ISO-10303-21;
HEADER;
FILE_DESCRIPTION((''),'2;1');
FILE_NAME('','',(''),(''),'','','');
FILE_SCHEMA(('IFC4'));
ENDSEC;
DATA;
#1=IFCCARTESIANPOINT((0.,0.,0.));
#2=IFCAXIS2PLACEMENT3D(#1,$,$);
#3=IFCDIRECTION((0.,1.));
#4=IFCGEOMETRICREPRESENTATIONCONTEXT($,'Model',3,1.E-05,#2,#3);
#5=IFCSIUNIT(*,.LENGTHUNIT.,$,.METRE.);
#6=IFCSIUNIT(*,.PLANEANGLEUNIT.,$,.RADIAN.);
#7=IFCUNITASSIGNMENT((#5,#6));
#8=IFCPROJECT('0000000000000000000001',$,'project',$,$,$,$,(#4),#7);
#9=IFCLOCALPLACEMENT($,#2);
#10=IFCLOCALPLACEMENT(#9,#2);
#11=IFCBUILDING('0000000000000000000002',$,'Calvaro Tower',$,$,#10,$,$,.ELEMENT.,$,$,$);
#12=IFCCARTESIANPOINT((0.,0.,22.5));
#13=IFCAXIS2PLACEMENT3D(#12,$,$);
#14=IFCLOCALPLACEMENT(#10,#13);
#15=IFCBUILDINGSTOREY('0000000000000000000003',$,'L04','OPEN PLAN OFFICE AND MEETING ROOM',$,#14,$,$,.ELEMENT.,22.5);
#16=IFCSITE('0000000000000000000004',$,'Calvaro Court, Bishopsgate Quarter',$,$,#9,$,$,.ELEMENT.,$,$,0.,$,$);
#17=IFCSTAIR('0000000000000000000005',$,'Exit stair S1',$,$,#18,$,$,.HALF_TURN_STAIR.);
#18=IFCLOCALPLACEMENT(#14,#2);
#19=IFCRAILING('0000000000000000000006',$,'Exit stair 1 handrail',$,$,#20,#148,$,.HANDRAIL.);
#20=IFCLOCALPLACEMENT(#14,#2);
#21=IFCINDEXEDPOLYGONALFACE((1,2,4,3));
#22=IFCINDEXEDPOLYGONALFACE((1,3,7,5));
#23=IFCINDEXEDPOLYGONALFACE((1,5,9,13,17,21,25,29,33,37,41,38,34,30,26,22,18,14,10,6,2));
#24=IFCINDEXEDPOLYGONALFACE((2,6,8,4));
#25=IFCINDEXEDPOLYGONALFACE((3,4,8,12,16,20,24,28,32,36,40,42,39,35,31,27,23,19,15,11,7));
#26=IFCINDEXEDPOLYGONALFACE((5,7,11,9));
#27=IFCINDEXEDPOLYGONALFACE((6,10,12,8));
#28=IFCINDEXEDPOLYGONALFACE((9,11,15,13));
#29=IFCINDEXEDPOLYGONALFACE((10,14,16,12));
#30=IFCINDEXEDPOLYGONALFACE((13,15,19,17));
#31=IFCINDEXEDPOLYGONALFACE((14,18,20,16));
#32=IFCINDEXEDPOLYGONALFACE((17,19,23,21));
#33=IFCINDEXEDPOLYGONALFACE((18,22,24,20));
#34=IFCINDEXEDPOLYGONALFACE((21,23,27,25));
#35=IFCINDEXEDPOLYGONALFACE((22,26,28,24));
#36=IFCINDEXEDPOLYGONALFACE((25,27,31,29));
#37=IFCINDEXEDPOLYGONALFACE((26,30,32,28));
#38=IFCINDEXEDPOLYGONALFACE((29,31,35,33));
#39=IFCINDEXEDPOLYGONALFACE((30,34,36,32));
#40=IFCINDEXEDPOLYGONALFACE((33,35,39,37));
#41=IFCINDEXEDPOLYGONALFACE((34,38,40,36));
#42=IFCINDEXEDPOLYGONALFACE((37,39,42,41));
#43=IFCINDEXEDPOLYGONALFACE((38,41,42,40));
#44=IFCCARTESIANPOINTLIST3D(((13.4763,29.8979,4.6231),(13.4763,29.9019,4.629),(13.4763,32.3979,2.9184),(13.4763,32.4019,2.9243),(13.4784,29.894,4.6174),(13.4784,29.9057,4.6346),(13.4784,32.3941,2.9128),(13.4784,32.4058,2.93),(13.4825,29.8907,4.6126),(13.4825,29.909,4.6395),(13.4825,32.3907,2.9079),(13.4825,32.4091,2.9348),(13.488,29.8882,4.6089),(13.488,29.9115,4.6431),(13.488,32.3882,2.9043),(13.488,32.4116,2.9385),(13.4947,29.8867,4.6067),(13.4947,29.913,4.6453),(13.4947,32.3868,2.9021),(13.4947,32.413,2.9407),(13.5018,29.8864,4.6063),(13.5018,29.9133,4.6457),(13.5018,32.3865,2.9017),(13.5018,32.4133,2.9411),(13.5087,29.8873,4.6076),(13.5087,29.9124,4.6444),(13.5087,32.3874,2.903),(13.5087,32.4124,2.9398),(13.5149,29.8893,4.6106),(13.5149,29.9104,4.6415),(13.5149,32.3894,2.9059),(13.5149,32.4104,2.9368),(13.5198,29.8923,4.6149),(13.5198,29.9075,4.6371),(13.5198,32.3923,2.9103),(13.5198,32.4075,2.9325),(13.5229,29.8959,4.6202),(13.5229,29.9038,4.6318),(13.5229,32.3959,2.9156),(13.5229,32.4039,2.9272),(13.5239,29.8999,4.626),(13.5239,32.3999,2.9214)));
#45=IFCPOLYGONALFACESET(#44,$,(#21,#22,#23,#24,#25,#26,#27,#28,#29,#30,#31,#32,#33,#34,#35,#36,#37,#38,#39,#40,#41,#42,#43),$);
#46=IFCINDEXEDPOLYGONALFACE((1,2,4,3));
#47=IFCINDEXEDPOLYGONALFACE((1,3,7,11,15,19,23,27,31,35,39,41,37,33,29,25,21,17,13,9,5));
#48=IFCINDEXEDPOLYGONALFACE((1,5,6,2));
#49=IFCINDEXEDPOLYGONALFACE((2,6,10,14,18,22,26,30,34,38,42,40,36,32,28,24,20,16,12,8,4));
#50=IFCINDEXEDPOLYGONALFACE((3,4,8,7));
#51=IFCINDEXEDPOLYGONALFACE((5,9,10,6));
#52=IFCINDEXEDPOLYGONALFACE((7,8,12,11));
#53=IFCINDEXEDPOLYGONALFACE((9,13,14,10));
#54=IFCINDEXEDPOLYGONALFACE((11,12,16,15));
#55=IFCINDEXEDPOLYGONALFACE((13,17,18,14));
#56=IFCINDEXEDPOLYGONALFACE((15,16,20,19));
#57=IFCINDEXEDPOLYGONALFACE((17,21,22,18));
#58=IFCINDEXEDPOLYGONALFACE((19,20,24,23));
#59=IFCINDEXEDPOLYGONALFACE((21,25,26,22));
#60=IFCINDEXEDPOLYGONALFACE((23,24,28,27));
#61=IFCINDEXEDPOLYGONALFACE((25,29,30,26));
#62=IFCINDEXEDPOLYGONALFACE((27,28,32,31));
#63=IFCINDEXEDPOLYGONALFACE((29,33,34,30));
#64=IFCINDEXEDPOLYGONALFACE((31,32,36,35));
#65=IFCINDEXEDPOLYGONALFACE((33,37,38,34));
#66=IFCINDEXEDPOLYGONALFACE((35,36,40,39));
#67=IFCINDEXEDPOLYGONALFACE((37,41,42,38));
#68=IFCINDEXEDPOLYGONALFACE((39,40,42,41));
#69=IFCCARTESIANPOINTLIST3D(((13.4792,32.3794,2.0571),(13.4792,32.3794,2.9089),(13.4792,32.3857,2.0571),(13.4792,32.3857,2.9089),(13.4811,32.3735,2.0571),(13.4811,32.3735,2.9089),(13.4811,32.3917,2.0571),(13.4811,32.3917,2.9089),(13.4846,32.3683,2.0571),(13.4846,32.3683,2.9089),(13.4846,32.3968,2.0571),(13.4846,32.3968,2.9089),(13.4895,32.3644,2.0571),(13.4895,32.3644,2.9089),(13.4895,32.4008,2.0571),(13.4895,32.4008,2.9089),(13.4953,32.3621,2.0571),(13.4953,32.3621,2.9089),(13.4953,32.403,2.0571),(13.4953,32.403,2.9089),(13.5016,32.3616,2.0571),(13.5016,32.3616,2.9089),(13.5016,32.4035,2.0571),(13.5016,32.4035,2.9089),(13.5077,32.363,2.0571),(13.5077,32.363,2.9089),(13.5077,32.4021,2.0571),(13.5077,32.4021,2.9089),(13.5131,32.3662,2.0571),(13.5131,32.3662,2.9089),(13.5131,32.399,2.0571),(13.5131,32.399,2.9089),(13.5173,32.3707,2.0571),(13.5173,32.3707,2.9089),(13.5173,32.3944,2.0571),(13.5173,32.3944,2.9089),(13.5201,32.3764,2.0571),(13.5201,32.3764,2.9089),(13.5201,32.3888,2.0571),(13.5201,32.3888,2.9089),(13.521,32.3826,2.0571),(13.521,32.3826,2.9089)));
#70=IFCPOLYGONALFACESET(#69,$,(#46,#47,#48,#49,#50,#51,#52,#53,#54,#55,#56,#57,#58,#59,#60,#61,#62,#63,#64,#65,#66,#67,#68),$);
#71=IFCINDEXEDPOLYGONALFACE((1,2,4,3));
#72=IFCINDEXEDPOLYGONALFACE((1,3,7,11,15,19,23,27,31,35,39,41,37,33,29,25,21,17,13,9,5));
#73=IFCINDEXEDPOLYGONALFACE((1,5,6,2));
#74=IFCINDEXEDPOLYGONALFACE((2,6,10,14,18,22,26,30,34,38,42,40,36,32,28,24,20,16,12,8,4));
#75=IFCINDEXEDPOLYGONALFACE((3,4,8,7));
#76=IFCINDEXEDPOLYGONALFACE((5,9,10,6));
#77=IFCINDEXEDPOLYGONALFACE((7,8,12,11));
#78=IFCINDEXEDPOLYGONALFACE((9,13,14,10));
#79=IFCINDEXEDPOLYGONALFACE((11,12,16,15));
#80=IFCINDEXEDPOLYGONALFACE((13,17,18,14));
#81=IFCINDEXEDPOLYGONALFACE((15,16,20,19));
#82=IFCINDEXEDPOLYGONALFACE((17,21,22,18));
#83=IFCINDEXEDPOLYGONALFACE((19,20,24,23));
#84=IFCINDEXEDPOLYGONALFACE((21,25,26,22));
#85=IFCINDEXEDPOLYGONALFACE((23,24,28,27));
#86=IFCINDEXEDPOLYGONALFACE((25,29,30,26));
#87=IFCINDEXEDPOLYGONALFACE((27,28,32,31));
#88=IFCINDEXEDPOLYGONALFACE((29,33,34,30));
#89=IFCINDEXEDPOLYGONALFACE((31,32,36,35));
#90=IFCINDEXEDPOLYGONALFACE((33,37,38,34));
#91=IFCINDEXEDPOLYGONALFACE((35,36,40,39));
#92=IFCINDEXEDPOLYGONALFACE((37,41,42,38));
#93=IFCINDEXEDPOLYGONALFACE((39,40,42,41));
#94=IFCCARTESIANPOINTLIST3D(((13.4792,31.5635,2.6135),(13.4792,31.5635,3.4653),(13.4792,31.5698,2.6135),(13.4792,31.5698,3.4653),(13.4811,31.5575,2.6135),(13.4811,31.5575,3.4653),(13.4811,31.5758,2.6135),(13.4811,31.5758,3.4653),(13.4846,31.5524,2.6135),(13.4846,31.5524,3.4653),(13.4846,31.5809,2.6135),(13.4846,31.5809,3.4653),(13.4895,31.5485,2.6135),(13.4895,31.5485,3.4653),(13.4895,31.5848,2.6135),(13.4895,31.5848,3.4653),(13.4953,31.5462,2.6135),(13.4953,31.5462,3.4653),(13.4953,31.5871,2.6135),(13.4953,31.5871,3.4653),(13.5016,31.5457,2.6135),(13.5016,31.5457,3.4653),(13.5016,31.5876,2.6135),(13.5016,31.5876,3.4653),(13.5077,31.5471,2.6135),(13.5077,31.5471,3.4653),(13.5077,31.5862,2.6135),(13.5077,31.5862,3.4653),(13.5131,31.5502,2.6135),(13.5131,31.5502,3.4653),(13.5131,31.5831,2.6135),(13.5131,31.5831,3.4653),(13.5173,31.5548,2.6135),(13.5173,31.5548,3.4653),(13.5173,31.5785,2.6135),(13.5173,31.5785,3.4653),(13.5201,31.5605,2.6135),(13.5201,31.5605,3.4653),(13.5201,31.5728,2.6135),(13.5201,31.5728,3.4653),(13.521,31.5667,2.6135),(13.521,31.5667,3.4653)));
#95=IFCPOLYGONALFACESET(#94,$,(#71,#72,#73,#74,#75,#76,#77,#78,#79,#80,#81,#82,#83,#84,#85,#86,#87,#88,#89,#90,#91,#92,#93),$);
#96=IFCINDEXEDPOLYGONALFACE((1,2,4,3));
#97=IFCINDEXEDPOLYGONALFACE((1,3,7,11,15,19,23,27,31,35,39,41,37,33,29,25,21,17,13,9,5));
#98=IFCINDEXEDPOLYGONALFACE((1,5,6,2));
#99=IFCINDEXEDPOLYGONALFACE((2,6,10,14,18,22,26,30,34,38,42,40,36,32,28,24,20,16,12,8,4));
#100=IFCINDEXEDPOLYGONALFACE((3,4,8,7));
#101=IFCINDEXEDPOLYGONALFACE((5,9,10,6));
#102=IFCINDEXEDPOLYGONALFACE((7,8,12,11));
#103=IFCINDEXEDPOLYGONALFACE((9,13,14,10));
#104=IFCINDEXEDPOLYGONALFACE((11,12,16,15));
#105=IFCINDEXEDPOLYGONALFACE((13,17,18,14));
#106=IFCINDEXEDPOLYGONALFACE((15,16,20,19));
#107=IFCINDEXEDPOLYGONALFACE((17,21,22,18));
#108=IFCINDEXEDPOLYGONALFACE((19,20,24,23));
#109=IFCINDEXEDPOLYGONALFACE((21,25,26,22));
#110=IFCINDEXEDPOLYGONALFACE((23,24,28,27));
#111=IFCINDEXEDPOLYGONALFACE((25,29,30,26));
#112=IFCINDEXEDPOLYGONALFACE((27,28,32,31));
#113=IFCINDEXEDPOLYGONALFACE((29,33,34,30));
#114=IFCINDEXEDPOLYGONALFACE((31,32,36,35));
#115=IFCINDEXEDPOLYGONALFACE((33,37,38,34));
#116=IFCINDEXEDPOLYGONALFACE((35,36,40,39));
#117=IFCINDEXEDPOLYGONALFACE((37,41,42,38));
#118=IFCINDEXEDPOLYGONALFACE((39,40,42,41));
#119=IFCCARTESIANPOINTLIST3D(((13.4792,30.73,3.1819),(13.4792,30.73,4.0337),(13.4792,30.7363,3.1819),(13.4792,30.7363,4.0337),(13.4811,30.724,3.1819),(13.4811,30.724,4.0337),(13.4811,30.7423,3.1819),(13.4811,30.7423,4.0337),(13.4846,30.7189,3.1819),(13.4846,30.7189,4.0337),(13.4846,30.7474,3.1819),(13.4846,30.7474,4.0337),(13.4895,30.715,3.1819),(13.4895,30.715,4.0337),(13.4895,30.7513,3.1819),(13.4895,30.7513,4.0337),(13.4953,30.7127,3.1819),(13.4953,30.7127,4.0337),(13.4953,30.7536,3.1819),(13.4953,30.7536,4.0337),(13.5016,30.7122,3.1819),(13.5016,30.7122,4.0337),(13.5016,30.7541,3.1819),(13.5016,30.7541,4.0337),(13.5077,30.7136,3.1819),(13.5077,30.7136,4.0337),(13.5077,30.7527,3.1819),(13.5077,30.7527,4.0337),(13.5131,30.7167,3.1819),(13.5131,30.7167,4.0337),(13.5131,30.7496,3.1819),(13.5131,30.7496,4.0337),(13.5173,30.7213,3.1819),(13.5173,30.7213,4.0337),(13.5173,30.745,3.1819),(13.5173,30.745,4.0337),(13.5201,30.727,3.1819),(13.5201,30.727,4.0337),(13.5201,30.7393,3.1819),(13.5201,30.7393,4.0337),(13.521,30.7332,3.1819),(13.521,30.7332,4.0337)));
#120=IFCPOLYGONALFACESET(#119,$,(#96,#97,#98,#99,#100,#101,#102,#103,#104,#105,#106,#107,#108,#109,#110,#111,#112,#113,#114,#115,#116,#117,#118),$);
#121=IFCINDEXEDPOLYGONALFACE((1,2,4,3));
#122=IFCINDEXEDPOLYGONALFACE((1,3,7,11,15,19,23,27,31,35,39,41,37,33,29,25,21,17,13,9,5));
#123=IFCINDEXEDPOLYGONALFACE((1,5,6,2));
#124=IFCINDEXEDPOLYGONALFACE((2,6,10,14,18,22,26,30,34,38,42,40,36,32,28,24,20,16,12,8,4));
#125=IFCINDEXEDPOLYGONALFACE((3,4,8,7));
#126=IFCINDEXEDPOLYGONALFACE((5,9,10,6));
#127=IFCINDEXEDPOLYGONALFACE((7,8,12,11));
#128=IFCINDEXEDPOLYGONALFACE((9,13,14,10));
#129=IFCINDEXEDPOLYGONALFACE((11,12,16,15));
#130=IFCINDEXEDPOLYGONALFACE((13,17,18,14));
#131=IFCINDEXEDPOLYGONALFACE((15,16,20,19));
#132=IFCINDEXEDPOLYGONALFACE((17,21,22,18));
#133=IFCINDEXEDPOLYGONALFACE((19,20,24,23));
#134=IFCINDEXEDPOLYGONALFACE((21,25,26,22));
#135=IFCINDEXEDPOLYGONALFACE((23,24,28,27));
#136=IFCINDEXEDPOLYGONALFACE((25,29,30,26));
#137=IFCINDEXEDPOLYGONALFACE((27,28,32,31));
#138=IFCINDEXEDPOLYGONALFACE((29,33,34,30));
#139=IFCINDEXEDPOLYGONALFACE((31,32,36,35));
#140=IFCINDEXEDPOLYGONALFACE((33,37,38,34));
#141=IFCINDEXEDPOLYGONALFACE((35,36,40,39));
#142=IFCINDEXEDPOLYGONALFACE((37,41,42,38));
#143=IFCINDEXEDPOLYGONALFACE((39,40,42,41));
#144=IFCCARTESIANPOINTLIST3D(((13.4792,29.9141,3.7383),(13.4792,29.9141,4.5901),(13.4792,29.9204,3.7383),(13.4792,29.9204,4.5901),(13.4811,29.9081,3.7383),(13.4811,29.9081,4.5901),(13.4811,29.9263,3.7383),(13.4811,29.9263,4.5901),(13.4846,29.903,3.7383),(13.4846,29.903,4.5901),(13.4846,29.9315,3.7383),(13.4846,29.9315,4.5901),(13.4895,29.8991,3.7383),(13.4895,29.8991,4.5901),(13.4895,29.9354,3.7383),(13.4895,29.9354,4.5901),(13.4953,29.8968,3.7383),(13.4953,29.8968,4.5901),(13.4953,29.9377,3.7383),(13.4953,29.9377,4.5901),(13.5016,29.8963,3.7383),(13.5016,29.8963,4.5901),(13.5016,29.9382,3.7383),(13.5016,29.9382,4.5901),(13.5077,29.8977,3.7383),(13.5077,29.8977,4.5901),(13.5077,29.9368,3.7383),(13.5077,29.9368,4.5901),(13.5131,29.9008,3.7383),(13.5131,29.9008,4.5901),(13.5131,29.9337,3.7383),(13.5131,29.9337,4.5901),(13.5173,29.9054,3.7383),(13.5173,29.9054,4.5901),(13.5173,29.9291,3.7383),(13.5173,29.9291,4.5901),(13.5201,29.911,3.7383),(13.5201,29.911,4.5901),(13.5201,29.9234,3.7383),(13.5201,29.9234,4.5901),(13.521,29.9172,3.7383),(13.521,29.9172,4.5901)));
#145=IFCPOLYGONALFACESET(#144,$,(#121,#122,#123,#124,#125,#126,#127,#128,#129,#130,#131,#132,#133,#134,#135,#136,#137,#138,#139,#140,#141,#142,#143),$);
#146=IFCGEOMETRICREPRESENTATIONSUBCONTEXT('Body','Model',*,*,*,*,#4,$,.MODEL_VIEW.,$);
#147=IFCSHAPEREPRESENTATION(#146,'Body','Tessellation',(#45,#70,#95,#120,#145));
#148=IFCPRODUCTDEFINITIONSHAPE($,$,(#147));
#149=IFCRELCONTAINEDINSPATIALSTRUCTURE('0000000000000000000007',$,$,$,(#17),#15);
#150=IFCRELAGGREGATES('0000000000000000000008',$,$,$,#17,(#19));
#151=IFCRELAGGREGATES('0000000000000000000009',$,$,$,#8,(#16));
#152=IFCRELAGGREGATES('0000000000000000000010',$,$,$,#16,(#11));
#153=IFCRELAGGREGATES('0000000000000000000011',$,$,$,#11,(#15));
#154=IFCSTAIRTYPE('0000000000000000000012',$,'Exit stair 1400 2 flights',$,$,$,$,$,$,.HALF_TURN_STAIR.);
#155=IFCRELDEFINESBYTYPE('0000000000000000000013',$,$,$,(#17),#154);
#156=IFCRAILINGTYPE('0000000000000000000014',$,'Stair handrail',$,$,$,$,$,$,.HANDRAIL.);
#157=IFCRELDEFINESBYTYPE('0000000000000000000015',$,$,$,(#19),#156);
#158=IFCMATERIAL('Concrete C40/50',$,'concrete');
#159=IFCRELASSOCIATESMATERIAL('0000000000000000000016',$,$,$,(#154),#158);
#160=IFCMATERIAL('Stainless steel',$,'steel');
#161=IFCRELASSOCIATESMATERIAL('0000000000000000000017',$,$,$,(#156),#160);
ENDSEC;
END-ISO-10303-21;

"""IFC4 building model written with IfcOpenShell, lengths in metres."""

from ifc_helpers import new_model, si_unit, direction, frame, origin, origin_2d, place, context, subcontext, project, spatial, circle, extrude, material, type_object, element, aggregate, save


model = new_model("IFC4")

# Units and contexts
model_context = context("Model", 3, precision=1e-05, world=origin(), true_north=direction((0.0, 1.0)))
body_context = subcontext(model_context, "Body", "Model", "MODEL_VIEW")
ifc_project = project(units=[si_unit("LENGTHUNIT", "METRE"), si_unit("PLANEANGLEUNIT", "RADIAN")], contexts=[model_context])

# Site, building, storey
site_placement = place(None, origin())
site = spatial("IfcSite", under=ifc_project, at=site_placement, Name="Calvaro Court, Bishopsgate Quarter", CompositionType="ELEMENT", RefElevation=0.0)
building_placement = place(site_placement, origin())
building = spatial("IfcBuilding", under=site, at=building_placement, Name="Calvaro Tower", CompositionType="ELEMENT")
storey_placement = place(building_placement, frame((0.0, 0.0, 22.5)))
storey = spatial("IfcBuildingStorey", under=building, at=storey_placement, Name="L04", Description="OPEN PLAN OFFICE AND MEETING ROOM", CompositionType="ELEMENT", Elevation=22.5)

# Stair, railing
ifc_material_1 = material(Name="Concrete C40/50", Category="concrete")
stair_type = type_object("IfcStairType", Name="Exit stair 1400 2 flights", PredefinedType="HALF_TURN_STAIR", material=ifc_material_1)
stair_placement = place(storey_placement, origin())
stair = element("IfcStair", 1, at=stair_placement, inside=storey, type_object=stair_type, Name="Exit stair S1", PredefinedType="HALF_TURN_STAIR")
ifc_material_2 = material(Name="Stainless steel", Category="steel")
railing_type = type_object("IfcRailingType", Name="Stair handrail", PredefinedType="HANDRAIL", material=ifc_material_2)
railing_1_placement = place(storey_placement, frame((13.5, 32.3999, 2.0454)))
railing_1 = element("IfcRailing", 2, at=railing_1_placement, type_object=railing_type, Name="Exit stair 1 handrail", PredefinedType="HANDRAIL", context=body_context, shape_type="SweptSolid", body=[
    extrude(circle(Radius=0.0239, at=origin_2d()), frame((0.0, 0.0, 0.876), z_axis=(0.0, -0.826221, 0.563347), x_axis=(1.0, 0.0, 0.0)), (0.0, 0.0, 1.0), 3.0259),
    extrude(circle(Radius=0.021, at=origin_2d()), frame((0.0, -0.0173, 0.0117)), (0.0, 0.0, 1.0), 0.8518),
    extrude(circle(Radius=0.021, at=origin_2d()), frame((0.0, -0.8333, 0.5681)), (0.0, 0.0, 1.0), 0.8518),
    extrude(circle(Radius=0.021, at=origin_2d()), frame((0.0, -1.6667, 1.1365)), (0.0, 0.0, 1.0), 0.8518),
    extrude(circle(Radius=0.021, at=origin_2d()), frame((0.0, -2.4827, 1.6929)), (0.0, 0.0, 1.0), 0.8518),
])
aggregate(stair, [railing_1])

save(model, "model.ifc")
